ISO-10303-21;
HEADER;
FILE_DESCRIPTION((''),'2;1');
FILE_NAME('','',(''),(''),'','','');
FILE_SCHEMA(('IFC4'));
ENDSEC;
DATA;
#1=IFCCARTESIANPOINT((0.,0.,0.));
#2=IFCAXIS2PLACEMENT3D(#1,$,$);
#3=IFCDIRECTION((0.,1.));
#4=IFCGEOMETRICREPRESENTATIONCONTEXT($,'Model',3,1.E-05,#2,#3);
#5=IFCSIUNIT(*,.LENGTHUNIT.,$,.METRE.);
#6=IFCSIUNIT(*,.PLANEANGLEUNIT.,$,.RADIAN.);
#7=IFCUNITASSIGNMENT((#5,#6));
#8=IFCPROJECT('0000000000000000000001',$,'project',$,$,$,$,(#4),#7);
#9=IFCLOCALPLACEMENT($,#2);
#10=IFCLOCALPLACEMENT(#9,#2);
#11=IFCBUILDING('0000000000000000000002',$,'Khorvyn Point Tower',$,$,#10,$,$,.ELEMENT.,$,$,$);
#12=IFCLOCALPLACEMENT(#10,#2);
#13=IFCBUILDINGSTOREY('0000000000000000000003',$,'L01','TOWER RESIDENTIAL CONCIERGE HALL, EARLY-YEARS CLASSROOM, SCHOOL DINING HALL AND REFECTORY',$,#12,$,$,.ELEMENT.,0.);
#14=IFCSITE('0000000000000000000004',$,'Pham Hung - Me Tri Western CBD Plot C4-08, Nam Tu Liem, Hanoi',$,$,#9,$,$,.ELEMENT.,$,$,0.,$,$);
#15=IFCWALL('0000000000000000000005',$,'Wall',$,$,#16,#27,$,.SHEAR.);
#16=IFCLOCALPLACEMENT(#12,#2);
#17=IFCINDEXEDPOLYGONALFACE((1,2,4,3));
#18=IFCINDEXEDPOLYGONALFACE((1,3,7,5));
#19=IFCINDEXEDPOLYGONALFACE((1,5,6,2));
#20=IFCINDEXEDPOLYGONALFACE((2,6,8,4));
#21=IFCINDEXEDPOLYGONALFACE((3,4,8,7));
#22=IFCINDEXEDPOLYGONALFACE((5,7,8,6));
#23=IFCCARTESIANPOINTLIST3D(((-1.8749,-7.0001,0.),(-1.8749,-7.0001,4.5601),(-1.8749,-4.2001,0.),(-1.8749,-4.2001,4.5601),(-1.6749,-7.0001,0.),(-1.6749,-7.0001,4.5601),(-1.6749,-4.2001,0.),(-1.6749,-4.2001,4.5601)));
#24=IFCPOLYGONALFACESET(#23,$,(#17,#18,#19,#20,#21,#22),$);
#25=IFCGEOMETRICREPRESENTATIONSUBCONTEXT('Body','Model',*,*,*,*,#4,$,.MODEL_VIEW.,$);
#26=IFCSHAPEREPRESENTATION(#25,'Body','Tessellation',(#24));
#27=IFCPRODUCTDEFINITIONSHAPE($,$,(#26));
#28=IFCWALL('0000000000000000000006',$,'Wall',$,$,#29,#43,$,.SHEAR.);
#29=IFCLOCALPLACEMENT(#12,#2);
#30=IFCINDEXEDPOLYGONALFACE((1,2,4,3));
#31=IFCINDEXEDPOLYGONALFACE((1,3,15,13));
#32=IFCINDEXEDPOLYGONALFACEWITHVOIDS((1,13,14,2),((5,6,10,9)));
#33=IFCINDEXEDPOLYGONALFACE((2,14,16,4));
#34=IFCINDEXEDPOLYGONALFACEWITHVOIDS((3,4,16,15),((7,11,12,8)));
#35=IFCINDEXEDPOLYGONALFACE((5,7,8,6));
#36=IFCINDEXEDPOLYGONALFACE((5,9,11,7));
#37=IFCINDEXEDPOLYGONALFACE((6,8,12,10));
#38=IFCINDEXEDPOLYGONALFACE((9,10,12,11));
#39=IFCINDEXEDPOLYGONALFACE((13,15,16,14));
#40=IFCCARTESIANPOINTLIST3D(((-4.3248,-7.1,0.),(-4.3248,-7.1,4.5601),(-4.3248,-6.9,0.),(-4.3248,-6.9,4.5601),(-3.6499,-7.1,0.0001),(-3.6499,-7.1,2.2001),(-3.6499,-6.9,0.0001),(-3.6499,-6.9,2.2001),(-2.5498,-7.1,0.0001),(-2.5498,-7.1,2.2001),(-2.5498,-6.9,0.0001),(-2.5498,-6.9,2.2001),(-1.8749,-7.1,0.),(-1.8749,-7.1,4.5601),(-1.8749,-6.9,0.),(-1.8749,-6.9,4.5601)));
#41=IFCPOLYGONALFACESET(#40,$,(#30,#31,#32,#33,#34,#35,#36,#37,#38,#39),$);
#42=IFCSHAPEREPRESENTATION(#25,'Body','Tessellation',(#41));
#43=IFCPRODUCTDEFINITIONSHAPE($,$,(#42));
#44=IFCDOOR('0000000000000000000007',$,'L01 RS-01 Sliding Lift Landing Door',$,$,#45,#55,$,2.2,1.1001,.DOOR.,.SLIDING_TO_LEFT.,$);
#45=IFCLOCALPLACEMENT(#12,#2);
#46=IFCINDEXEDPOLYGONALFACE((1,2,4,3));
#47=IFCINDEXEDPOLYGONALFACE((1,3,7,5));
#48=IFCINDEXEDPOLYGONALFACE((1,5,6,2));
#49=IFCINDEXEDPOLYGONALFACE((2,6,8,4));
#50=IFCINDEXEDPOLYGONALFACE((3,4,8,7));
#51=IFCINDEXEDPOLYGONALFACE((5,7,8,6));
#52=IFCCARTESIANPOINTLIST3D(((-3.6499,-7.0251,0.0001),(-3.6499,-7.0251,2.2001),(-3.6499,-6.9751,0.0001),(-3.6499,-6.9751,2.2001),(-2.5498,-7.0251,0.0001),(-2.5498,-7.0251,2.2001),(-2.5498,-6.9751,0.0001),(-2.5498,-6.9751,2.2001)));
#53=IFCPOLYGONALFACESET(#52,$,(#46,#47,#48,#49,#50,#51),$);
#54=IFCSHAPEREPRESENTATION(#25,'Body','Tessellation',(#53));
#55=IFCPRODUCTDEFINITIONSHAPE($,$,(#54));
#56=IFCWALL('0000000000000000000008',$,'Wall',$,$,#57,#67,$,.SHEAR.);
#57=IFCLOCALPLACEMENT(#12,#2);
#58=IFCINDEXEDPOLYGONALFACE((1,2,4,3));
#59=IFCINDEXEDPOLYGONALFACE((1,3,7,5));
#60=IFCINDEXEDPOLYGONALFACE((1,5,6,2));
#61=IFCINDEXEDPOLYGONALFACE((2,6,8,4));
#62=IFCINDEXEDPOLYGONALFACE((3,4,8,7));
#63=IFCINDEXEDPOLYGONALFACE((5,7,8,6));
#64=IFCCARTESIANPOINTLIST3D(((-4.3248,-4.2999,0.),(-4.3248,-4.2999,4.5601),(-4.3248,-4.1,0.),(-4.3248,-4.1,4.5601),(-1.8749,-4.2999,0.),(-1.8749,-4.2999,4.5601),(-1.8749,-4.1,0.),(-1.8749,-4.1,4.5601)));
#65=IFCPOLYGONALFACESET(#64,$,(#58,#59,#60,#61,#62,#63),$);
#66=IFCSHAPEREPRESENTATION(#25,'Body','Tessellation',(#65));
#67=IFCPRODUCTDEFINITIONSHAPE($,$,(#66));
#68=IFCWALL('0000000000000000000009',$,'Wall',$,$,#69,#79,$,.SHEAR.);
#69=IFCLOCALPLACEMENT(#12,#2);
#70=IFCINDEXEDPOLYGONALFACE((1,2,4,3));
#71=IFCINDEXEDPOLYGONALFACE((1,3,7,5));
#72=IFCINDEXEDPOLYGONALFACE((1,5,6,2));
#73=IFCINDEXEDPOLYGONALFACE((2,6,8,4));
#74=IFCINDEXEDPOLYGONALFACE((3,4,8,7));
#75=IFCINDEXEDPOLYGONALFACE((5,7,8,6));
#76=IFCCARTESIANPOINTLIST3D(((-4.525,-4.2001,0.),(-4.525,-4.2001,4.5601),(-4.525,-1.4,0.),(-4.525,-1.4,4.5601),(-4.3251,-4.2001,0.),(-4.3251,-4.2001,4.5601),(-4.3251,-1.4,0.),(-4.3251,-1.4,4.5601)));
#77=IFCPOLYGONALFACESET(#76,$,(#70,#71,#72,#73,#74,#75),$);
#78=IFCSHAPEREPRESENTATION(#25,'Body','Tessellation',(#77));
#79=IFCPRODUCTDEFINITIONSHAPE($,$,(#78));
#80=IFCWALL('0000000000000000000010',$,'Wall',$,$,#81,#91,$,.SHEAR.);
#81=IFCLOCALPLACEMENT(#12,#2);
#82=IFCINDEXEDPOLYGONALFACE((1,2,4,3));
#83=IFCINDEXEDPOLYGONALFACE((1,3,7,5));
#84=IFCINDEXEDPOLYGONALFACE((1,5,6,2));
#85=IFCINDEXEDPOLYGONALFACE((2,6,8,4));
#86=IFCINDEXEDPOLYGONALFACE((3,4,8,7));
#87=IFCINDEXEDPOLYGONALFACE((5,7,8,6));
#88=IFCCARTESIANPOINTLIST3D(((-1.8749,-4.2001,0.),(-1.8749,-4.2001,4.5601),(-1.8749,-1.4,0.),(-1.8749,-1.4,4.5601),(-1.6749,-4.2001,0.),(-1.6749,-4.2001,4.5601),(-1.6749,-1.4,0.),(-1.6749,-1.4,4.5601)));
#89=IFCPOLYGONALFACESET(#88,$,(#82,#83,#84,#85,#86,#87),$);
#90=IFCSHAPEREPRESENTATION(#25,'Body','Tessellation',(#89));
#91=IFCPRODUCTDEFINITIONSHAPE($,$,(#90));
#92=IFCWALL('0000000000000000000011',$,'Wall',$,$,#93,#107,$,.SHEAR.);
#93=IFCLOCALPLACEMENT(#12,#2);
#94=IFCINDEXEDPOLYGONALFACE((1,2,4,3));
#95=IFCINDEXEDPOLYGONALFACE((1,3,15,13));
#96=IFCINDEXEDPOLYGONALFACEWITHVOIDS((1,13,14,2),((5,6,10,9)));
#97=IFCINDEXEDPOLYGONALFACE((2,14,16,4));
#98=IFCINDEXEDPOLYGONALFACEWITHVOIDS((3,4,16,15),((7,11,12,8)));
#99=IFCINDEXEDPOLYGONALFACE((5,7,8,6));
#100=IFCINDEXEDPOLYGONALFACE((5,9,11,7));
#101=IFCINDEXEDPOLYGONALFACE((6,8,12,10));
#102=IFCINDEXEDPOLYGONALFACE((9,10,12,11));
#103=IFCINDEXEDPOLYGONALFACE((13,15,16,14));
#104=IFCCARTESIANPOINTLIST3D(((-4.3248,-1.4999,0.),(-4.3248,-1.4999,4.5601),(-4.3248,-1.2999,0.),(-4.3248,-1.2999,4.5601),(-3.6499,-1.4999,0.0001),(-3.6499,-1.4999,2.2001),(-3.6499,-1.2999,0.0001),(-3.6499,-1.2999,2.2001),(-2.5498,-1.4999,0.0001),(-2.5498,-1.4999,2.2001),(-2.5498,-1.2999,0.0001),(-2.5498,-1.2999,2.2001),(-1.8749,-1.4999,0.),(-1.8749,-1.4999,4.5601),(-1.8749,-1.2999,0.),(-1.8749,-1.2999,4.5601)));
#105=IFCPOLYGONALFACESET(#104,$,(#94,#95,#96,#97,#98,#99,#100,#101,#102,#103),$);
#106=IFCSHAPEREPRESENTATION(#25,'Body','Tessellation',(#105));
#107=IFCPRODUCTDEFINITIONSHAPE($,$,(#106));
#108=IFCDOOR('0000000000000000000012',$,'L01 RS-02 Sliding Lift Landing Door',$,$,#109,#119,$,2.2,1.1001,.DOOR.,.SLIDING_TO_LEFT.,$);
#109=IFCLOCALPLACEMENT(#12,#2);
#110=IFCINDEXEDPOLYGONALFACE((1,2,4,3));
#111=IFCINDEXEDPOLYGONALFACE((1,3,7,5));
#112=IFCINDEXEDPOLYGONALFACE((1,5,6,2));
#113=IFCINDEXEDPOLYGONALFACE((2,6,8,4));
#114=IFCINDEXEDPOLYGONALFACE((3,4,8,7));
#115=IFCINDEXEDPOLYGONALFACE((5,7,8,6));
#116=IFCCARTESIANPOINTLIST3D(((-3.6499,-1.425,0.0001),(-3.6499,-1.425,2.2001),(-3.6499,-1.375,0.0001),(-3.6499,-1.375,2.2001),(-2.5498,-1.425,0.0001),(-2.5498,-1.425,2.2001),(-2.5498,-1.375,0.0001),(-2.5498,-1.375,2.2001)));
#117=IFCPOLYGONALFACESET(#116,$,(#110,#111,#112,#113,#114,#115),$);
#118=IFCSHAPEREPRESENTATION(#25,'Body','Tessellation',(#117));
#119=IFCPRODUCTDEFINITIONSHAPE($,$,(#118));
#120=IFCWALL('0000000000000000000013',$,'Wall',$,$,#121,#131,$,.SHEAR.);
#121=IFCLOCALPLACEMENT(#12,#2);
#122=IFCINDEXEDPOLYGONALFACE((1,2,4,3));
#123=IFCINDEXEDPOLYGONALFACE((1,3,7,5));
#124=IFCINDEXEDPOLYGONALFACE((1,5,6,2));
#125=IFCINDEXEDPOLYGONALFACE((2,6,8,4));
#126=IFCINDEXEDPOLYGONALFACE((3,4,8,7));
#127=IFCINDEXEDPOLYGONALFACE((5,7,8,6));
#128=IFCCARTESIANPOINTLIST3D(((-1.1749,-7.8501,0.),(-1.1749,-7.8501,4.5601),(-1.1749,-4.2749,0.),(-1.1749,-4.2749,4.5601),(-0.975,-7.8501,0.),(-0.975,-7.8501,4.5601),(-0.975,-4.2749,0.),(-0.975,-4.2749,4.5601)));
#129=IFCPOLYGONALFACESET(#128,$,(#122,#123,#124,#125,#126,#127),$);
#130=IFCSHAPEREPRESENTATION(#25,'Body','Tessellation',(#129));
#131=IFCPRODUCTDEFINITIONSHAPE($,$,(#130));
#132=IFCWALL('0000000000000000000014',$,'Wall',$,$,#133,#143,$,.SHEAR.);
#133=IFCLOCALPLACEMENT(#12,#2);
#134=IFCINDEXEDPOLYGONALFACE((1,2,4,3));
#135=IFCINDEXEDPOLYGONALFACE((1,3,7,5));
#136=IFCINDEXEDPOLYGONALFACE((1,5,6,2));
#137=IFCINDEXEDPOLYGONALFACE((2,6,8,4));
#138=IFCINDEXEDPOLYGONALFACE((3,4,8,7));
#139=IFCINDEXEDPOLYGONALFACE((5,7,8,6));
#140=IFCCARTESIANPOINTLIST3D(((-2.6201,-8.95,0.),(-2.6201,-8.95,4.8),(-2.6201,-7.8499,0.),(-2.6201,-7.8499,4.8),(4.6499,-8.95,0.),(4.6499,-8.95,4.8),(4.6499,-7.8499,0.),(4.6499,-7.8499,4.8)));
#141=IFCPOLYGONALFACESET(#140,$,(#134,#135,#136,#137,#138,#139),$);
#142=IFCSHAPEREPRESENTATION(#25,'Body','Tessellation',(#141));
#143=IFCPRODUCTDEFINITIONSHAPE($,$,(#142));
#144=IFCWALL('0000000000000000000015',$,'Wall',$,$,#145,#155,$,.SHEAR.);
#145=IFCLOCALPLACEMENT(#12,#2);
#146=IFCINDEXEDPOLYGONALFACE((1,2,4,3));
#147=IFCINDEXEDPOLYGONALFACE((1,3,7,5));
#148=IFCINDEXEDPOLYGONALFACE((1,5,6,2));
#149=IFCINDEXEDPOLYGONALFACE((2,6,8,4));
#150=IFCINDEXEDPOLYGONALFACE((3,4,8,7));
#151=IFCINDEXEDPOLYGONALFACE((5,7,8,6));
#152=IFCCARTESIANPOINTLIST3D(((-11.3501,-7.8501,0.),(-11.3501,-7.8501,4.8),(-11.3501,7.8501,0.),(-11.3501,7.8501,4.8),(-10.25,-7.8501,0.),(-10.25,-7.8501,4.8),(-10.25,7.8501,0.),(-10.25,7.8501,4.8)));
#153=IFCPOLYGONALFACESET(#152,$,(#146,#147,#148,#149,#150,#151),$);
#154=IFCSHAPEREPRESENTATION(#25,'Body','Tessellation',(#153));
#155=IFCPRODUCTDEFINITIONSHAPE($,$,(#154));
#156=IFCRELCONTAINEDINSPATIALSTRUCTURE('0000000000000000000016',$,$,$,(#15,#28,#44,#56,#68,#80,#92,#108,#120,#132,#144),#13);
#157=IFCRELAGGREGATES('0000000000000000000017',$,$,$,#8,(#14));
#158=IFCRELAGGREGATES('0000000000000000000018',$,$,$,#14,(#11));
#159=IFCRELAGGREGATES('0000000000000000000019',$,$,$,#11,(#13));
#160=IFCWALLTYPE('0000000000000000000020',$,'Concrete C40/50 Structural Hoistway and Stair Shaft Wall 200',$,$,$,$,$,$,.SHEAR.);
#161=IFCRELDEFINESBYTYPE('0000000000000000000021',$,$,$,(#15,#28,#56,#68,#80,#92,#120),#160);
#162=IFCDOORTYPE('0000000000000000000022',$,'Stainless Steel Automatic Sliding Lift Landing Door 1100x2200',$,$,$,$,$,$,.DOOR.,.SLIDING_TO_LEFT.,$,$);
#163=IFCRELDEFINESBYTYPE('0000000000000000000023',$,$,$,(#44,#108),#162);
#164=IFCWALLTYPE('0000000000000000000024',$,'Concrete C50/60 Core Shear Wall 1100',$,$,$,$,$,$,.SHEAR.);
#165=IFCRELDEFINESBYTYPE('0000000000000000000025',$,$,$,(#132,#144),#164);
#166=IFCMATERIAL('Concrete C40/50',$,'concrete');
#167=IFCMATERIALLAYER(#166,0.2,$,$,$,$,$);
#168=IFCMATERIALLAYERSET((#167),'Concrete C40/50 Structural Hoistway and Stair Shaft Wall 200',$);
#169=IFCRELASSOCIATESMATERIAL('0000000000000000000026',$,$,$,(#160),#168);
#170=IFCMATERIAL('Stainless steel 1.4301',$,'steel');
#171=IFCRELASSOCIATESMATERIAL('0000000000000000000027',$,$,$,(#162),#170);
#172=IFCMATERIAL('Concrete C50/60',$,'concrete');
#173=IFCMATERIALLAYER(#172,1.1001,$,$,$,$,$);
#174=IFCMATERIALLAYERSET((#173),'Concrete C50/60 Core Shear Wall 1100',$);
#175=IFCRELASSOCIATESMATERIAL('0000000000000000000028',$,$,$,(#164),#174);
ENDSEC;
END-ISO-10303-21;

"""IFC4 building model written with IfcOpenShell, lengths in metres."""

from ifc_helpers import new_model, si_unit, direction, frame, frame_2d, origin, place, context, subcontext, project, spatial, rectangle, extrude, material, layer, layer_set, type_object, element, fill, save


model = new_model("IFC4")

# Units and contexts
model_context = context("Model", 3, precision=1e-05, world=origin(), true_north=direction((0.0, 1.0)))
body_context = subcontext(model_context, "Body", "Model", "MODEL_VIEW")
ifc_project = project(units=[si_unit("LENGTHUNIT", "METRE"), si_unit("PLANEANGLEUNIT", "RADIAN")], contexts=[model_context])

# Site, building, storey
site_placement = place(None, origin())
site = spatial("IfcSite", under=ifc_project, at=site_placement, Name="Pham Hung - Me Tri Western CBD Plot C4-08, Nam Tu Liem, Hanoi", CompositionType="ELEMENT", RefElevation=0.0)
building_placement = place(site_placement, origin())
building = spatial("IfcBuilding", under=site, at=building_placement, Name="Khorvyn Point Tower", CompositionType="ELEMENT")
storey_placement = place(building_placement, origin())
storey = spatial("IfcBuildingStorey", under=building, at=storey_placement, Name="L01", Description="TOWER RESIDENTIAL CONCIERGE HALL, EARLY-YEARS CLASSROOM, SCHOOL DINING HALL AND REFECTORY", CompositionType="ELEMENT", Elevation=0.0)

# Shared definitions
ifc_material_1 = material(Name="Concrete C40/50", Category="concrete")
ifc_material_2 = material(Name="Concrete C50/60", Category="concrete")

# Shared definitions
ifc_layer_1 = layer(ifc_material_1, 0.2)
ifc_layer_set_1 = layer_set([ifc_layer_1], Name="Concrete C40/50 Structural Hoistway and Stair Shaft Wall 200")
wall_type_1 = type_object("IfcWallType", Name="Concrete C40/50 Structural Hoistway and Stair Shaft Wall 200", PredefinedType="SHEAR", material=ifc_layer_set_1)

# Shared definitions
ifc_material_3 = material(Name="Stainless steel 1.4301", Category="steel")
door_type = type_object("IfcDoorType", Name="Stainless Steel Automatic Sliding Lift Landing Door 1100x2200", OperationType="SLIDING_TO_LEFT", PredefinedType="DOOR", material=ifc_material_3)

# Wall
for number, where, z_axis, x_axis, name in (
    (1, (-1.7749, -7.0, 0.0), (0.0, 0.0, 1.0), (0.0, 1.0, 0.0), "Wall"),
):
    element("IfcWall", number, at=place(storey_placement, frame(where, z_axis=z_axis, x_axis=x_axis)), inside=storey, type_object=wall_type_1, Name=name, PredefinedType="SHEAR", context=body_context, shape_type="SweptSolid", body=[
        extrude(rectangle(XDim=2.8, YDim=0.2, at=frame_2d((1.3999, 0.0))), origin(), (0.0, 0.0, 1.0), 4.5601),
    ])

# Wall, opening, door
wall_1_placement = place(storey_placement, frame((-4.325, -7.0, 0.0), z_axis=(0.0, 0.0, 1.0), x_axis=(1.0, 0.0, 0.0)))
wall_1 = element("IfcWall", 2, at=wall_1_placement, inside=storey, type_object=wall_type_1, Name="Wall", PredefinedType="SHEAR", context=body_context, shape_type="SweptSolid", body=[
    extrude(rectangle(XDim=2.45, YDim=0.2, at=frame_2d((1.2251, 0.0))), origin(), (0.0, 0.0, 1.0), 4.5601),
])
opening_1_placement = place(wall_1_placement, frame((0.675, 0.0, 0.0)))
opening_1 = element("IfcOpeningElement", 3, at=opening_1_placement, cuts=wall_1, PredefinedType="OPENING", context=body_context, shape_type="SweptSolid", body=[
    extrude(rectangle(XDim=1.1001, YDim=2.2, at=frame_2d((0.55, 1.1001))), frame((0.0, 0.1099, 0.0), z_axis=(0.0, -1.0, 0.0), x_axis=(1.0, 0.0, 0.0)), (0.0, 0.0, 1.0), 0.22),
])
door_1_placement = place(opening_1_placement, origin())
door_1 = element("IfcDoor", 4, at=door_1_placement, inside=storey, type_object=door_type, Name="L01 RS-01 Sliding Lift Landing Door", OperationType="SLIDING_TO_LEFT", OverallHeight=2.2, OverallWidth=1.1001, PredefinedType="DOOR", context=body_context, shape_type="SweptSolid", body=[
    extrude(rectangle(XDim=1.1001, YDim=2.2, at=frame_2d((0.55, 1.1001))), frame((0.0, 0.0249, 0.0), z_axis=(0.0, -1.0, 0.0), x_axis=(1.0, 0.0, 0.0)), (0.0, 0.0, 1.0), 0.05),
])
fill(opening_1, door_1)

# Walls
wall_2_placement = place(storey_placement, frame((-4.325, -4.2, 0.0), z_axis=(0.0, 0.0, 1.0), x_axis=(1.0, 0.0, 0.0)))
element("IfcWall", 5, at=wall_2_placement, inside=storey, type_object=wall_type_1, Name="Wall", PredefinedType="SHEAR", context=body_context, shape_type="SweptSolid", body=[
    extrude(rectangle(XDim=2.45, YDim=0.2, at=frame_2d((1.2251, 0.0))), origin(), (0.0, 0.0, 1.0), 4.5601),
])
for number, where, z_axis, x_axis, name in (
    (6, (-4.425, -4.2, 0.0), (0.0, 0.0, 1.0), (0.0, 1.0, 0.0), "Wall"),
    (7, (-1.7749, -4.2, 0.0), (0.0, 0.0, 1.0), (0.0, 1.0, 0.0), "Wall"),
):
    element("IfcWall", number, at=place(storey_placement, frame(where, z_axis=z_axis, x_axis=x_axis)), inside=storey, type_object=wall_type_1, Name=name, PredefinedType="SHEAR", context=body_context, shape_type="SweptSolid", body=[
        extrude(rectangle(XDim=2.8, YDim=0.2, at=frame_2d((1.3999, 0.0))), origin(), (0.0, 0.0, 1.0), 4.5601),
    ])

# Wall, opening, door
wall_3_placement = place(storey_placement, frame((-4.325, -1.3999, 0.0), z_axis=(0.0, 0.0, 1.0), x_axis=(1.0, 0.0, 0.0)))
wall_3 = element("IfcWall", 8, at=wall_3_placement, inside=storey, type_object=wall_type_1, Name="Wall", PredefinedType="SHEAR", context=body_context, shape_type="SweptSolid", body=[
    extrude(rectangle(XDim=2.45, YDim=0.2, at=frame_2d((1.2251, 0.0))), origin(), (0.0, 0.0, 1.0), 4.5601),
])
opening_2_placement = place(wall_3_placement, frame((0.675, 0.0, 0.0)))
opening_2 = element("IfcOpeningElement", 9, at=opening_2_placement, cuts=wall_3, PredefinedType="OPENING", context=body_context, shape_type="SweptSolid", body=[
    extrude(rectangle(XDim=1.1001, YDim=2.2, at=frame_2d((0.55, 1.1001))), frame((0.0, 0.1099, 0.0), z_axis=(0.0, -1.0, 0.0), x_axis=(1.0, 0.0, 0.0)), (0.0, 0.0, 1.0), 0.22),
])
door_2_placement = place(opening_2_placement, origin())
door_2 = element("IfcDoor", 10, at=door_2_placement, inside=storey, type_object=door_type, Name="L01 RS-02 Sliding Lift Landing Door", OperationType="SLIDING_TO_LEFT", OverallHeight=2.2, OverallWidth=1.1001, PredefinedType="DOOR", context=body_context, shape_type="SweptSolid", body=[
    extrude(rectangle(XDim=1.1001, YDim=2.2, at=frame_2d((0.55, 1.1001))), frame((0.0, 0.0249, 0.0), z_axis=(0.0, -1.0, 0.0), x_axis=(1.0, 0.0, 0.0)), (0.0, 0.0, 1.0), 0.05),
])
fill(opening_2, door_2)

# Walls
wall_4_placement = place(storey_placement, frame((-1.075, -7.8501, 0.0), z_axis=(0.0, 0.0, 1.0), x_axis=(0.0, 1.0, 0.0)))
element("IfcWall", 11, at=wall_4_placement, inside=storey, type_object=wall_type_1, Name="Wall", PredefinedType="SHEAR", context=body_context, shape_type="SweptSolid", body=[
    extrude(rectangle(XDim=3.5752, YDim=0.2, at=frame_2d((1.7876, 0.0))), origin(), (0.0, 0.0, 1.0), 4.5601),
])
ifc_layer_2 = layer(ifc_material_2, 1.1001)
ifc_layer_set_2 = layer_set([ifc_layer_2], Name="Concrete C50/60 Core Shear Wall 1100")
wall_type_2 = type_object("IfcWallType", Name="Concrete C50/60 Core Shear Wall 1100", PredefinedType="SHEAR", material=ifc_layer_set_2)
wall_5_placement = place(storey_placement, frame((-2.6201, -8.3999, 0.0), z_axis=(0.0, 0.0, 1.0), x_axis=(1.0, 0.0, 0.0)))
element("IfcWall", 12, at=wall_5_placement, inside=storey, type_object=wall_type_2, Name="Wall", PredefinedType="SHEAR", context=body_context, shape_type="SweptSolid", body=[
    extrude(rectangle(XDim=7.27, YDim=1.1001, at=frame_2d((3.635, 0.0))), origin(), (0.0, 0.0, 1.0), 4.8),
])
wall_6_placement = place(storey_placement, frame((-10.8, -7.8501, 0.0), z_axis=(0.0, 0.0, 1.0), x_axis=(0.0, 1.0, 0.0)))
element("IfcWall", 13, at=wall_6_placement, inside=storey, type_object=wall_type_2, Name="Wall", PredefinedType="SHEAR", context=body_context, shape_type="SweptSolid", body=[
    extrude(rectangle(XDim=15.7002, YDim=1.1001, at=frame_2d((7.8501, 0.0))), origin(), (0.0, 0.0, 1.0), 4.8),
])

save(model, "model.ifc")
